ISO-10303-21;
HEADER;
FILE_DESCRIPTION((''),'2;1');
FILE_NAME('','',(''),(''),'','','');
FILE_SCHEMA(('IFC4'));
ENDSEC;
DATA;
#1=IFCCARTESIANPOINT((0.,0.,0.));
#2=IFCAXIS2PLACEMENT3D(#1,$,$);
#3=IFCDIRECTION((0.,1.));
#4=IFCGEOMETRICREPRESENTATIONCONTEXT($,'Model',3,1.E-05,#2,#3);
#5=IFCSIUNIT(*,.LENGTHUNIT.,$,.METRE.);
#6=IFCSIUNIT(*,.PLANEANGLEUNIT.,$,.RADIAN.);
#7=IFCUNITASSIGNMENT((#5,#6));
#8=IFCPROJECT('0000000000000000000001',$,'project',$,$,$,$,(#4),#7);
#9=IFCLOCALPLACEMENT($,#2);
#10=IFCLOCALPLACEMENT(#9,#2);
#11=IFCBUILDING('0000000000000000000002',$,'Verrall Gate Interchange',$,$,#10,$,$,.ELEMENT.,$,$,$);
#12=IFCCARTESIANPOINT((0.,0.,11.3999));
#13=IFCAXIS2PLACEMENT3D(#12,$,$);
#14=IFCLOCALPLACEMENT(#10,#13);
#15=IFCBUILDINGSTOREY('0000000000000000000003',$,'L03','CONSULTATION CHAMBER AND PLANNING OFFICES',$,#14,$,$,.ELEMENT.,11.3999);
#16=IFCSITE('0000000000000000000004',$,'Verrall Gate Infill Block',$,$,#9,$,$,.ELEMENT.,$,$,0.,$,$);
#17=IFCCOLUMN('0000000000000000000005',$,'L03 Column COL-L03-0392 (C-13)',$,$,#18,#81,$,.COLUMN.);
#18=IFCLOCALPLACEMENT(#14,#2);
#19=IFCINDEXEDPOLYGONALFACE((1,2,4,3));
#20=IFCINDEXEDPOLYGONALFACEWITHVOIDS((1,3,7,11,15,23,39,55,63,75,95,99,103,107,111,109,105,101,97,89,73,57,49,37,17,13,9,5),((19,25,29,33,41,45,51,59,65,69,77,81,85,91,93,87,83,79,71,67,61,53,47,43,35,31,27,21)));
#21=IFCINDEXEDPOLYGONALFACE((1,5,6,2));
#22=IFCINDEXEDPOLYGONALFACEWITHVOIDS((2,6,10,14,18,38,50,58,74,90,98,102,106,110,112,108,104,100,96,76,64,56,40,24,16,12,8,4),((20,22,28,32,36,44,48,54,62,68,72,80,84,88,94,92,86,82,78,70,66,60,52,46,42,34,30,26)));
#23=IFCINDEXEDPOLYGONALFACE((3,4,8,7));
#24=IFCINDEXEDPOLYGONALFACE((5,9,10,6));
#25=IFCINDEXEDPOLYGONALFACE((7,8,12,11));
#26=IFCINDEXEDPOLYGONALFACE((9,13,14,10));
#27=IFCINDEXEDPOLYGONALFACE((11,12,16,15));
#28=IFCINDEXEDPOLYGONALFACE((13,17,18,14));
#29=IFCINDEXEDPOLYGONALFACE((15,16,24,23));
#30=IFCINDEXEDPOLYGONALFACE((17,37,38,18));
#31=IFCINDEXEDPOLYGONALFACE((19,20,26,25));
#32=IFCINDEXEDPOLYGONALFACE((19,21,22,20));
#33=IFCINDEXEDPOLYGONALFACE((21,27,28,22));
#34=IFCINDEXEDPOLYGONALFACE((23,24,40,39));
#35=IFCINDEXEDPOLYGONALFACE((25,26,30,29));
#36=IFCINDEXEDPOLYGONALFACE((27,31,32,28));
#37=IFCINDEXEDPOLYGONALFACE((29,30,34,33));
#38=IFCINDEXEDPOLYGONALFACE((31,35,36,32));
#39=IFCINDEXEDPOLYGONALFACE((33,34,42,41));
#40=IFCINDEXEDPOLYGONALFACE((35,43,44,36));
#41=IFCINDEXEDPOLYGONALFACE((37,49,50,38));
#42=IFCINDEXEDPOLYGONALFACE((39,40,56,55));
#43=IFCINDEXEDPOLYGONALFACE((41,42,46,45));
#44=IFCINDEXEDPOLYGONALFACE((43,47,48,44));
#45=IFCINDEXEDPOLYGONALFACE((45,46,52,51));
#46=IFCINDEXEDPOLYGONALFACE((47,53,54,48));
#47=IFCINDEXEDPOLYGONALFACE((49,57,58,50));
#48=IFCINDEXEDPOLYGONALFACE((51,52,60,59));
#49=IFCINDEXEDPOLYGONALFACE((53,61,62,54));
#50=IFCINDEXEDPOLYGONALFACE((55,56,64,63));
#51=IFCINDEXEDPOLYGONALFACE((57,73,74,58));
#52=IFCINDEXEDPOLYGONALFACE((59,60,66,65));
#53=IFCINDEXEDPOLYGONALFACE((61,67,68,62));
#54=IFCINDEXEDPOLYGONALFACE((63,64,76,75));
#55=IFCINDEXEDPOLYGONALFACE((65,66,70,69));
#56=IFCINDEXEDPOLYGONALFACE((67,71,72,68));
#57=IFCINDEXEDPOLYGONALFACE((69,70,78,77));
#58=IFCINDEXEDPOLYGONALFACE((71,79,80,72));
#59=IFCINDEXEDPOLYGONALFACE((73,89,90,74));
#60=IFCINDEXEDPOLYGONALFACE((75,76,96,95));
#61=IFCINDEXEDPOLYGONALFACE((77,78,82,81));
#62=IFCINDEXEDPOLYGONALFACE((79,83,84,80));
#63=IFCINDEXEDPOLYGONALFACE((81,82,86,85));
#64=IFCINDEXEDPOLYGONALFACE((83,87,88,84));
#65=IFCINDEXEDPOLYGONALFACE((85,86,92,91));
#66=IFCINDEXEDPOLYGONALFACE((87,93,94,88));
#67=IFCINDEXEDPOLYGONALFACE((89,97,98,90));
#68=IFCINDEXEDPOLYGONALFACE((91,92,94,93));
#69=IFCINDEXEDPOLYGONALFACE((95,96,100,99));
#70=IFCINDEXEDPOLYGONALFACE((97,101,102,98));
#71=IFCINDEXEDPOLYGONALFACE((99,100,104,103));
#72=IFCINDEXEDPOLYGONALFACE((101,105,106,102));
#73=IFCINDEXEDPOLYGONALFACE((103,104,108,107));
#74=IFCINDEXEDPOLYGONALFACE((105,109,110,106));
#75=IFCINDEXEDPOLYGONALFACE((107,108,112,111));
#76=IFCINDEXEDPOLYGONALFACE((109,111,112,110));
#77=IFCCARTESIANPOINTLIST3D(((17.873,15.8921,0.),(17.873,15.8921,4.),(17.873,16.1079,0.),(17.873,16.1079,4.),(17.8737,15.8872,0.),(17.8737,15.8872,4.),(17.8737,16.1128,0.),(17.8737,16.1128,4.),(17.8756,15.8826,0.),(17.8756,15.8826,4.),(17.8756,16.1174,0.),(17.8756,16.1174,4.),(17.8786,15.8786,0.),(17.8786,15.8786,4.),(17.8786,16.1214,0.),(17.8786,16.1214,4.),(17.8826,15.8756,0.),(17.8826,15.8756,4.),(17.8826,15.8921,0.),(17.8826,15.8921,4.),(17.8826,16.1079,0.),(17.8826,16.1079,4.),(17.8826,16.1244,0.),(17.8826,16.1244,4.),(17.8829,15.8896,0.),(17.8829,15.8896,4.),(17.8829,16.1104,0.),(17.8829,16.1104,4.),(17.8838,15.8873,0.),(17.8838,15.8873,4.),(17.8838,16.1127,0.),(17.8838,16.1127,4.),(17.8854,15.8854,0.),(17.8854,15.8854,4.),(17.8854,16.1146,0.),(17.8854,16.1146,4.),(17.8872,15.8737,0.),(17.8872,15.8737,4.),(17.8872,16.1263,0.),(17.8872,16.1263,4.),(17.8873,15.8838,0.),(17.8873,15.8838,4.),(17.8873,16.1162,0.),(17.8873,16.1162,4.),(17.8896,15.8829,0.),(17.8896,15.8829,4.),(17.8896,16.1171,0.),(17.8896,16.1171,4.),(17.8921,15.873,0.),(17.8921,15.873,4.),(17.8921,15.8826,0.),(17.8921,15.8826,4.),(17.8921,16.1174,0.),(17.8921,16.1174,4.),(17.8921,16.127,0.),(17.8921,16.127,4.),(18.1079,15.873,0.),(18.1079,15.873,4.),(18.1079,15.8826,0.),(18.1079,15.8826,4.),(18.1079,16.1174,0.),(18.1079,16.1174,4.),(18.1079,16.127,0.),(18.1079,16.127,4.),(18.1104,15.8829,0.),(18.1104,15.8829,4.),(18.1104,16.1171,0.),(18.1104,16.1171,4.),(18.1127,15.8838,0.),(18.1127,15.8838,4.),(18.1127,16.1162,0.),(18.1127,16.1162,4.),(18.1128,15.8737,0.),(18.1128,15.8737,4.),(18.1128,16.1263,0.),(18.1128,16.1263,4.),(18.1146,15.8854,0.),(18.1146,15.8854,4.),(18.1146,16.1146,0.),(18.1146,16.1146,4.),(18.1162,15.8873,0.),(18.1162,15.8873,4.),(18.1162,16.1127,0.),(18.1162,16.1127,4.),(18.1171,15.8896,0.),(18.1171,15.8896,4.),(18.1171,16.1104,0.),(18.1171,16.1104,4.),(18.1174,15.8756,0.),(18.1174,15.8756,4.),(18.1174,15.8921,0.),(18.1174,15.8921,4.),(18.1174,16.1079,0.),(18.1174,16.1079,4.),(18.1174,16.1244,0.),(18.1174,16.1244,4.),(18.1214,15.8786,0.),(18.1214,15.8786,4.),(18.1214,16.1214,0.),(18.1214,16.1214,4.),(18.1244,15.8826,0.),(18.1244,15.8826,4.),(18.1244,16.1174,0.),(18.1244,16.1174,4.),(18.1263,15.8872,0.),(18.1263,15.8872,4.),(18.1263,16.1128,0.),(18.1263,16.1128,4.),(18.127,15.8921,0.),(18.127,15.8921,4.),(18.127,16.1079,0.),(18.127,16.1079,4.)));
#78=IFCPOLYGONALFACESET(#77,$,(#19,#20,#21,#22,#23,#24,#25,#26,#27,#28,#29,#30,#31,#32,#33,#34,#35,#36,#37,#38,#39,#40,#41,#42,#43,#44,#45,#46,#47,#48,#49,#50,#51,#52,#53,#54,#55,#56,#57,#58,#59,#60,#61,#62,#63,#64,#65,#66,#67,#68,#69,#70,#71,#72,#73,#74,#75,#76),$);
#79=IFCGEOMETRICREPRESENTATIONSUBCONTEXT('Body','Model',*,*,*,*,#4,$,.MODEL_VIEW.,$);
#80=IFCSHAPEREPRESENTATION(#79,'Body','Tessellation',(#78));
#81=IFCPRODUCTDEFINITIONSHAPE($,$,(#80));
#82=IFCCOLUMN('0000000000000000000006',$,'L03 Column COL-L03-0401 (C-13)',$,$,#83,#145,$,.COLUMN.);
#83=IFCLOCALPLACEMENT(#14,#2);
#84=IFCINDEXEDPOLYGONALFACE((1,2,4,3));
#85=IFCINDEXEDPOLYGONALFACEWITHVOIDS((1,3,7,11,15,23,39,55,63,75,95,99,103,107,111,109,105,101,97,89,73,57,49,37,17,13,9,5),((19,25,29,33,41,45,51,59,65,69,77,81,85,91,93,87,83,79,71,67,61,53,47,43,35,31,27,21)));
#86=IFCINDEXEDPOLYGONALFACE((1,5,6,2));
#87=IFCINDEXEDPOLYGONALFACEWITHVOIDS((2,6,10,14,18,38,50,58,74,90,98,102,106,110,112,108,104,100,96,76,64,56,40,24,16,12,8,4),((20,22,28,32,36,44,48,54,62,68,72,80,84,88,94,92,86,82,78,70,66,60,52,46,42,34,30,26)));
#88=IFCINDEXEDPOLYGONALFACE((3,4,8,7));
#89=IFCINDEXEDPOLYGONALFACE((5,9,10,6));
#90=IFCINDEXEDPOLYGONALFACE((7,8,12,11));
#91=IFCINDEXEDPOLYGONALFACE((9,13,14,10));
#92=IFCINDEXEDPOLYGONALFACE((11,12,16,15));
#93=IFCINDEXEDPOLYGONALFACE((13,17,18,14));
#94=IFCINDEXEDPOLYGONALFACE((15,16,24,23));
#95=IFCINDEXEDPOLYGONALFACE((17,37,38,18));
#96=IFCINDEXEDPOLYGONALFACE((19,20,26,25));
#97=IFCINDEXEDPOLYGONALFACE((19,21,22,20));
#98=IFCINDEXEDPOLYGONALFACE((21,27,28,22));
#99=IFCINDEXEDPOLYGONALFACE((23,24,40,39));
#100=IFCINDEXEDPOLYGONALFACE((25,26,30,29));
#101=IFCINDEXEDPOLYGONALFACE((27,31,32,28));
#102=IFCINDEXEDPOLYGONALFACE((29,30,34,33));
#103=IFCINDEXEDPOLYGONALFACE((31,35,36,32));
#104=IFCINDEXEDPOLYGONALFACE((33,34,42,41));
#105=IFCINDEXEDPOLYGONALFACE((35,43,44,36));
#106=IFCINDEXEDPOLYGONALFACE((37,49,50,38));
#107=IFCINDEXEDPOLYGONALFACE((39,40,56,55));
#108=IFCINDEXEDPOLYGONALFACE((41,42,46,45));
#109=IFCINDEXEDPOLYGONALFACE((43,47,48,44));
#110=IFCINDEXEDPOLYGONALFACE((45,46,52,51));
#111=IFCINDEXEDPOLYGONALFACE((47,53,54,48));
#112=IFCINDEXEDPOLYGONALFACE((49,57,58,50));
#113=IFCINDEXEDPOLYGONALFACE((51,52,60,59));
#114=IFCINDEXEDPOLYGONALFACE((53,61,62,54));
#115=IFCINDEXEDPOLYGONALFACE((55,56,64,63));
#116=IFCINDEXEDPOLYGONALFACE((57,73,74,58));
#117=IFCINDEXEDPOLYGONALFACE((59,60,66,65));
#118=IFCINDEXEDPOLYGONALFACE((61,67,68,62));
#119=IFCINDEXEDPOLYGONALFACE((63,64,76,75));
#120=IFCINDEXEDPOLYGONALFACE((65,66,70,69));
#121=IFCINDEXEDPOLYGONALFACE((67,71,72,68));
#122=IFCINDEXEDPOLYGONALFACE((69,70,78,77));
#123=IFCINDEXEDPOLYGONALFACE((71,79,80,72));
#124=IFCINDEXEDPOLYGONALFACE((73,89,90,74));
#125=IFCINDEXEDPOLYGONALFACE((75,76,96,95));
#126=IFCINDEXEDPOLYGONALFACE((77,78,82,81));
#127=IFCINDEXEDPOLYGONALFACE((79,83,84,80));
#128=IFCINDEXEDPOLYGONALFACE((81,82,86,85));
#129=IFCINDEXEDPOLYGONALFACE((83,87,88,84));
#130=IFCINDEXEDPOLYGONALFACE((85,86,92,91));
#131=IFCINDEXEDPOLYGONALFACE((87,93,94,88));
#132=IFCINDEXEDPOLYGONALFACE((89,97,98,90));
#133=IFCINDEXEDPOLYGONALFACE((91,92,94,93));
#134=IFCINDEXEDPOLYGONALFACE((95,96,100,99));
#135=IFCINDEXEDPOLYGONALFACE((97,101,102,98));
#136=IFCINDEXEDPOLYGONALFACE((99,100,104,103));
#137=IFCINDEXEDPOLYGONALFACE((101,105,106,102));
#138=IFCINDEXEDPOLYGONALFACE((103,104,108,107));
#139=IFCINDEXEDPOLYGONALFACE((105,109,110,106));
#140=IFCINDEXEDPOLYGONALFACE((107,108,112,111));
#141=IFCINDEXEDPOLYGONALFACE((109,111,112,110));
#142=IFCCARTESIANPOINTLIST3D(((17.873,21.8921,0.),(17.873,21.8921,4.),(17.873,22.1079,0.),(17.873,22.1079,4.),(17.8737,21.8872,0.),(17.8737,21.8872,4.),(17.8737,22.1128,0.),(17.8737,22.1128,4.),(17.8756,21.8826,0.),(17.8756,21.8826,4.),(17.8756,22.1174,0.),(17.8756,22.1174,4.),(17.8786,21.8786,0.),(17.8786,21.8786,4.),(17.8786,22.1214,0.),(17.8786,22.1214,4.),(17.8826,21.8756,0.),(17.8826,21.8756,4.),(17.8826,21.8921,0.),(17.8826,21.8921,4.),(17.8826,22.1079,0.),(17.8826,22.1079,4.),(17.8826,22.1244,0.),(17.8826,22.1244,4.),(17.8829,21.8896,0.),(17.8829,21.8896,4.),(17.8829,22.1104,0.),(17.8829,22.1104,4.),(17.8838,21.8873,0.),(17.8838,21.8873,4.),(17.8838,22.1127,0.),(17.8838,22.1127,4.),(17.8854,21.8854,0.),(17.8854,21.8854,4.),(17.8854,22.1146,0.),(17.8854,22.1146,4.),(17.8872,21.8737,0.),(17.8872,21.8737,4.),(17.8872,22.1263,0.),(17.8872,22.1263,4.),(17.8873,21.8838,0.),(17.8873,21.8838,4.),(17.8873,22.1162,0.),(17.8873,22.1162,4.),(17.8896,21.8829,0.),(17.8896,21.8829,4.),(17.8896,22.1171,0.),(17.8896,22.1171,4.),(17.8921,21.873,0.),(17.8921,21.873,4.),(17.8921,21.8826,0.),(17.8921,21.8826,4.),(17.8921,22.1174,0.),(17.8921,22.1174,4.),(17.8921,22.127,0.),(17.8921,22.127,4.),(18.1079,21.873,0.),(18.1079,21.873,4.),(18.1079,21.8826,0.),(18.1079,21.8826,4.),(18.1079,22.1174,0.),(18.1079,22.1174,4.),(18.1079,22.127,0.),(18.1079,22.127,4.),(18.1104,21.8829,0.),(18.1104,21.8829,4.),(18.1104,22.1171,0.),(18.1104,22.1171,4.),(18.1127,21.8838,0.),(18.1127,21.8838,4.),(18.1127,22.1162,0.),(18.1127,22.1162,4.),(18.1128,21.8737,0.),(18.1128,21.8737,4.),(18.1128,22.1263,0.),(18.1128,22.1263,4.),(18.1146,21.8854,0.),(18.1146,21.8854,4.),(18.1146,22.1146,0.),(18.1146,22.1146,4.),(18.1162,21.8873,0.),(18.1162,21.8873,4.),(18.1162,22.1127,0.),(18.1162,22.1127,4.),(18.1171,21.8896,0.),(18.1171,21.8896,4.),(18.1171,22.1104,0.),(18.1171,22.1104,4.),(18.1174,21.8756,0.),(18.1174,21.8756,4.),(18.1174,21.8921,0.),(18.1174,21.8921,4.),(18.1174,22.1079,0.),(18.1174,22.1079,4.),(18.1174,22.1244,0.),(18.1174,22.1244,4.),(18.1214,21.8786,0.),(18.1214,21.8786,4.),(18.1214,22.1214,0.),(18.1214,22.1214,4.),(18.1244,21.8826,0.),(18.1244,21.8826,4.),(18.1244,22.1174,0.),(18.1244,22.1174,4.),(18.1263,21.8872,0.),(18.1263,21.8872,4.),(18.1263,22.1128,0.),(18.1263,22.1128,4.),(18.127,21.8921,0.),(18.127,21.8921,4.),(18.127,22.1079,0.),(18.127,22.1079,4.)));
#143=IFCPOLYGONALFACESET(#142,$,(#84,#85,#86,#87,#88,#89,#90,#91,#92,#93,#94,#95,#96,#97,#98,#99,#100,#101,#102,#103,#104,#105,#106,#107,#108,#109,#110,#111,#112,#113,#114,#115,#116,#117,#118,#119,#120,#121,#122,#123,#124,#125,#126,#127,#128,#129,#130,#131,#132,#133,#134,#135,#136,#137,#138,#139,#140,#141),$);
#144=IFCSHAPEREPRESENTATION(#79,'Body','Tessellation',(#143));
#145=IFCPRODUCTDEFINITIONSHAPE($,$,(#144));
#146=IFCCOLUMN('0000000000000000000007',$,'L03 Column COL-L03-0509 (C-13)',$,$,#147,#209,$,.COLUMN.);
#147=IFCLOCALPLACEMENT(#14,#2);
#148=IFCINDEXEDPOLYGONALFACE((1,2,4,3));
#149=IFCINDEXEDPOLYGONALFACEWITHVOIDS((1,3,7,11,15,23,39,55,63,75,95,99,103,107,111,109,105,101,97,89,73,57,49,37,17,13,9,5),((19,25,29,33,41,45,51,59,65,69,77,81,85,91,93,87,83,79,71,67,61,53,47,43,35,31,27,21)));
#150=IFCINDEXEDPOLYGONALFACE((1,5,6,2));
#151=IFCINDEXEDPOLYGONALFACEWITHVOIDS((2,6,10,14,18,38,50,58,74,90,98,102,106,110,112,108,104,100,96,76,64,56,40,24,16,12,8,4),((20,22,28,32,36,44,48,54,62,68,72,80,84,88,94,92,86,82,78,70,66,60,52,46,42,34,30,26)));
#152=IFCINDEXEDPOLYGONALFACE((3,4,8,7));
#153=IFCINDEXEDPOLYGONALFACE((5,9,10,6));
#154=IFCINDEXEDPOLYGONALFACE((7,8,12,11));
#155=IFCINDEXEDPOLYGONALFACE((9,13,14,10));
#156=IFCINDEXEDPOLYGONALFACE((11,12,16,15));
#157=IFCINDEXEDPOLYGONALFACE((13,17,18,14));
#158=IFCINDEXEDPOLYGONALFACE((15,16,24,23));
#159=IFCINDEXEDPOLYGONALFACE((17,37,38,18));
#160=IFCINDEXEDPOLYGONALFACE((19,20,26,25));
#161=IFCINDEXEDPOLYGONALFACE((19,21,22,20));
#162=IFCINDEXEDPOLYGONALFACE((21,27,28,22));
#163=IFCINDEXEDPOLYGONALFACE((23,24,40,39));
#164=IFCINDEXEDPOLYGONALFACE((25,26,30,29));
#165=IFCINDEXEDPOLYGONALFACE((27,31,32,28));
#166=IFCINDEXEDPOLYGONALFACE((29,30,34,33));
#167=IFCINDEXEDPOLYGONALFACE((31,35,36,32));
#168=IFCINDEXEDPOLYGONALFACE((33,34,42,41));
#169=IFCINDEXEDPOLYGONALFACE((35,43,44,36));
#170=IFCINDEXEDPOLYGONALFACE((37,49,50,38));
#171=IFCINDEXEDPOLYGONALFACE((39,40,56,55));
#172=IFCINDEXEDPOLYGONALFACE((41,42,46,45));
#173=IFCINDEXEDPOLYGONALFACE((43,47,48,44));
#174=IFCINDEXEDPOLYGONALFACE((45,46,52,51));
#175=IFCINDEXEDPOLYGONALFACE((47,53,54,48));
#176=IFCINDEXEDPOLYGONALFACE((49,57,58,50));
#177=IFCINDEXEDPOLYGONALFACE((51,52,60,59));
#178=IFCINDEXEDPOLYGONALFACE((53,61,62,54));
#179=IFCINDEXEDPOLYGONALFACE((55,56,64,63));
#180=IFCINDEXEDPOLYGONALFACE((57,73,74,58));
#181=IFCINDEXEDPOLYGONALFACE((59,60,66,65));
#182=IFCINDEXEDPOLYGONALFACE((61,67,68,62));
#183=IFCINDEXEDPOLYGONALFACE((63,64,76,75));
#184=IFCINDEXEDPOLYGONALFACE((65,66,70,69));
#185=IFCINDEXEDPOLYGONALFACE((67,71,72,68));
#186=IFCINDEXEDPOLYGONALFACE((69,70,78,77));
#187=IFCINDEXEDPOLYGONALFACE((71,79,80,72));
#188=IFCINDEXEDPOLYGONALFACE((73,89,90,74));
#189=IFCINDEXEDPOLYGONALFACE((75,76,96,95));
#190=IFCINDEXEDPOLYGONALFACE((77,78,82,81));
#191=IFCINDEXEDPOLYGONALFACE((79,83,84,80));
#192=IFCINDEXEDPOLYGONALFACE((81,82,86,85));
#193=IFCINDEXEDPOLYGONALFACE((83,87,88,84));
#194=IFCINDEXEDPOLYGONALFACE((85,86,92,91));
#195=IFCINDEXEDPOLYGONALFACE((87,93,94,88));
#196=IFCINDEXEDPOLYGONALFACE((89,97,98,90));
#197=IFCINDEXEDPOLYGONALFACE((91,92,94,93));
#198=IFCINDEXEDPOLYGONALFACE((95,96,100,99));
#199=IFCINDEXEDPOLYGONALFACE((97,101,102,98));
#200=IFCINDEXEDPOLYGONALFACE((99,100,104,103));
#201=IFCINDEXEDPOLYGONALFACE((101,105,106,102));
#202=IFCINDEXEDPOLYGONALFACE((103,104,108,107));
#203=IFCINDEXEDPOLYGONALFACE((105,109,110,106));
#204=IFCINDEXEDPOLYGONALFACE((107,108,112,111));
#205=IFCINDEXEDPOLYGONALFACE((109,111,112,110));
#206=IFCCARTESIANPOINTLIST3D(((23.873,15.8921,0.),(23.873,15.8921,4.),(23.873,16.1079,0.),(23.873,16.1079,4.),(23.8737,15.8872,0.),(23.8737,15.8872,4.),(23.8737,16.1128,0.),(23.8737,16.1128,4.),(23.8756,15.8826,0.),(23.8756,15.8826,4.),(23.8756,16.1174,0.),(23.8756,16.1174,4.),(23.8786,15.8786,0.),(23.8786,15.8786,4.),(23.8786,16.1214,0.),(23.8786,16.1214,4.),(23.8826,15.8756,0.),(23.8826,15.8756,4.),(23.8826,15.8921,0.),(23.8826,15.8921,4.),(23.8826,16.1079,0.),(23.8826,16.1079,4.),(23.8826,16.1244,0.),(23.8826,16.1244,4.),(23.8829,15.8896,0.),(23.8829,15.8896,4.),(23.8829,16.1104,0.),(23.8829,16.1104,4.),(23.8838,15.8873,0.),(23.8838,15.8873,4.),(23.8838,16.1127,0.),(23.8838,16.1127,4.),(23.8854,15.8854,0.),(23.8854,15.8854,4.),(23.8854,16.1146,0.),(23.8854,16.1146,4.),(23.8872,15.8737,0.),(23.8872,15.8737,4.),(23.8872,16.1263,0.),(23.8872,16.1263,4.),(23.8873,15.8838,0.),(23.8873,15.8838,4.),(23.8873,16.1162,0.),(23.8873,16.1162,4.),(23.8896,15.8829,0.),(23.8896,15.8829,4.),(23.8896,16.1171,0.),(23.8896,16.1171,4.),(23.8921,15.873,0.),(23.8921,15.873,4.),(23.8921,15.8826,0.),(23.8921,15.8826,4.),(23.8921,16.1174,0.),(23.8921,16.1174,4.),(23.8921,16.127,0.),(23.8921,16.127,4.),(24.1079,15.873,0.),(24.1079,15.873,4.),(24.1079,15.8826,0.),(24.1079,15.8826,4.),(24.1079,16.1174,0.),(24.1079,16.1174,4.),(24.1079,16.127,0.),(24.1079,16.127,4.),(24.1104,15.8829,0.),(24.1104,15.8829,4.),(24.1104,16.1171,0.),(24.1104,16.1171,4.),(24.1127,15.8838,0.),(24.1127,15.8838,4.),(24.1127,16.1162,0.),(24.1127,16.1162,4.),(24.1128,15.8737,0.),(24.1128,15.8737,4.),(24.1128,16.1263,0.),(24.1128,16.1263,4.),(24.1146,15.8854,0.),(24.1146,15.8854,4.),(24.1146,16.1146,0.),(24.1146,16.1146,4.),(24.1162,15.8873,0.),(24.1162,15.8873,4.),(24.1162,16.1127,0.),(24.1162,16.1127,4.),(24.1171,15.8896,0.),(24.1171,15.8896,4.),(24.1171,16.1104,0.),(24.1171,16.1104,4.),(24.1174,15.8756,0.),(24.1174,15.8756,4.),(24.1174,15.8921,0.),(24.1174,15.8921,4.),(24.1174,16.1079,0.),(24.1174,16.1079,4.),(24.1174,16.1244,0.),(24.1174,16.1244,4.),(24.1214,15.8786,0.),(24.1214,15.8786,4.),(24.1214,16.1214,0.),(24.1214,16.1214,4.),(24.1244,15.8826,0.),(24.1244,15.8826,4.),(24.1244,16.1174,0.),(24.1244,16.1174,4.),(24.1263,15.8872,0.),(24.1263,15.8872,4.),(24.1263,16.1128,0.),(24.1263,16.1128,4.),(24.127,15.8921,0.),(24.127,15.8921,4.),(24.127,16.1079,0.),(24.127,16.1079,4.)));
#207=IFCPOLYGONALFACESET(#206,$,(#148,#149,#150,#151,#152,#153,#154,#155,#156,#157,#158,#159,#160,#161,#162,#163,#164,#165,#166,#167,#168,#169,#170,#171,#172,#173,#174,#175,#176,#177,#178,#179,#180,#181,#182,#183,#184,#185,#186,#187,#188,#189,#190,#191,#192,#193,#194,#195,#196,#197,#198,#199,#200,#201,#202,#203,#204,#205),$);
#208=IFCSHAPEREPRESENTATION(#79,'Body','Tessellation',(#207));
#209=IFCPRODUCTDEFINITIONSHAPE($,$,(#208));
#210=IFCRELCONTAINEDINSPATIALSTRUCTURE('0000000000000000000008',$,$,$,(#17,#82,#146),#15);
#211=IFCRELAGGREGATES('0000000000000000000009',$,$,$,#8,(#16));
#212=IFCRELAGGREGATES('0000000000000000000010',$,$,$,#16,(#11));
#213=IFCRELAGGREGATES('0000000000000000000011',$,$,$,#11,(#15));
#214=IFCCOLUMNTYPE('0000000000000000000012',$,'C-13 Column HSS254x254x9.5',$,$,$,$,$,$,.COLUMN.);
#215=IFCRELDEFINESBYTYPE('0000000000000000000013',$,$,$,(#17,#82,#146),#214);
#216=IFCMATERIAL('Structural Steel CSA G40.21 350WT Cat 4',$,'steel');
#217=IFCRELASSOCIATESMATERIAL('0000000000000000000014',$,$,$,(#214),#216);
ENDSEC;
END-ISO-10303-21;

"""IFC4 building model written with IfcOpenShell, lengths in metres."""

from ifc_helpers import new_model, si_unit, direction, frame, origin, origin_2d, place, context, subcontext, project, spatial, hollow_rectangle, extrude, material, material_profile, profile_set, type_object, element, save


model = new_model("IFC4")

# Units and contexts
model_context = context("Model", 3, precision=1e-05, world=origin(), true_north=direction((0.0, 1.0)))
body_context = subcontext(model_context, "Body", "Model", "MODEL_VIEW")
ifc_project = project(units=[si_unit("LENGTHUNIT", "METRE"), si_unit("PLANEANGLEUNIT", "RADIAN")], contexts=[model_context])

# Site, building, storey
site_placement = place(None, origin())
site = spatial("IfcSite", under=ifc_project, at=site_placement, Name="Verrall Gate Infill Block", CompositionType="ELEMENT", RefElevation=0.0)
building_placement = place(site_placement, origin())
building = spatial("IfcBuilding", under=site, at=building_placement, Name="Verrall Gate Interchange", CompositionType="ELEMENT")
storey_placement = place(building_placement, frame((0.0, 0.0, 11.3999)))
storey = spatial("IfcBuildingStorey", under=building, at=storey_placement, Name="L03", Description="CONSULTATION CHAMBER AND PLANNING OFFICES", CompositionType="ELEMENT", Elevation=11.3999)

# Columns
ifc_material_1 = material(Name="Structural Steel CSA G40.21 350WT Cat 4", Category="steel")
ifc_material_profile_1 = material_profile(ifc_material_1, hollow_rectangle(XDim=0.2539, YDim=0.2539, WallThickness=0.0095, InnerFilletRadius=0.0095, OuterFilletRadius=0.019, at=origin_2d()), Name="HSS254x254x9.5")
ifc_profile_set_1 = profile_set([ifc_material_profile_1], Name="Structural Steel CSA G40.21 350WT Cat 4")
column_type = type_object("IfcColumnType", Name="C-13 Column HSS254x254x9.5", PredefinedType="COLUMN", material=ifc_profile_set_1)
for number, where, z_axis, x_axis, name in (
    (1, (18.0, 16.0, 0.0), (0.0, 0.0, 1.0), (1.0, 0.0, 0.0), "L03 Column COL-L03-0392 (C-13)"),
    (2, (18.0, 22.0, 0.0), (0.0, 0.0, 1.0), (1.0, 0.0, 0.0), "L03 Column COL-L03-0401 (C-13)"),
    (3, (24.0, 16.0, 0.0), (0.0, 0.0, 1.0), (1.0, 0.0, 0.0), "L03 Column COL-L03-0509 (C-13)"),
):
    element("IfcColumn", number, at=place(storey_placement, frame(where, z_axis=z_axis, x_axis=x_axis)), inside=storey, type_object=column_type, Name=name, PredefinedType="COLUMN", context=body_context, shape_type="SweptSolid", body=[
        extrude(hollow_rectangle(XDim=0.2539, YDim=0.2539, WallThickness=0.0095, InnerFilletRadius=0.0095, OuterFilletRadius=0.019, at=origin_2d()), origin(), (0.0, 0.0, 1.0), 4.0),
    ])

save(model, "model.ifc")
